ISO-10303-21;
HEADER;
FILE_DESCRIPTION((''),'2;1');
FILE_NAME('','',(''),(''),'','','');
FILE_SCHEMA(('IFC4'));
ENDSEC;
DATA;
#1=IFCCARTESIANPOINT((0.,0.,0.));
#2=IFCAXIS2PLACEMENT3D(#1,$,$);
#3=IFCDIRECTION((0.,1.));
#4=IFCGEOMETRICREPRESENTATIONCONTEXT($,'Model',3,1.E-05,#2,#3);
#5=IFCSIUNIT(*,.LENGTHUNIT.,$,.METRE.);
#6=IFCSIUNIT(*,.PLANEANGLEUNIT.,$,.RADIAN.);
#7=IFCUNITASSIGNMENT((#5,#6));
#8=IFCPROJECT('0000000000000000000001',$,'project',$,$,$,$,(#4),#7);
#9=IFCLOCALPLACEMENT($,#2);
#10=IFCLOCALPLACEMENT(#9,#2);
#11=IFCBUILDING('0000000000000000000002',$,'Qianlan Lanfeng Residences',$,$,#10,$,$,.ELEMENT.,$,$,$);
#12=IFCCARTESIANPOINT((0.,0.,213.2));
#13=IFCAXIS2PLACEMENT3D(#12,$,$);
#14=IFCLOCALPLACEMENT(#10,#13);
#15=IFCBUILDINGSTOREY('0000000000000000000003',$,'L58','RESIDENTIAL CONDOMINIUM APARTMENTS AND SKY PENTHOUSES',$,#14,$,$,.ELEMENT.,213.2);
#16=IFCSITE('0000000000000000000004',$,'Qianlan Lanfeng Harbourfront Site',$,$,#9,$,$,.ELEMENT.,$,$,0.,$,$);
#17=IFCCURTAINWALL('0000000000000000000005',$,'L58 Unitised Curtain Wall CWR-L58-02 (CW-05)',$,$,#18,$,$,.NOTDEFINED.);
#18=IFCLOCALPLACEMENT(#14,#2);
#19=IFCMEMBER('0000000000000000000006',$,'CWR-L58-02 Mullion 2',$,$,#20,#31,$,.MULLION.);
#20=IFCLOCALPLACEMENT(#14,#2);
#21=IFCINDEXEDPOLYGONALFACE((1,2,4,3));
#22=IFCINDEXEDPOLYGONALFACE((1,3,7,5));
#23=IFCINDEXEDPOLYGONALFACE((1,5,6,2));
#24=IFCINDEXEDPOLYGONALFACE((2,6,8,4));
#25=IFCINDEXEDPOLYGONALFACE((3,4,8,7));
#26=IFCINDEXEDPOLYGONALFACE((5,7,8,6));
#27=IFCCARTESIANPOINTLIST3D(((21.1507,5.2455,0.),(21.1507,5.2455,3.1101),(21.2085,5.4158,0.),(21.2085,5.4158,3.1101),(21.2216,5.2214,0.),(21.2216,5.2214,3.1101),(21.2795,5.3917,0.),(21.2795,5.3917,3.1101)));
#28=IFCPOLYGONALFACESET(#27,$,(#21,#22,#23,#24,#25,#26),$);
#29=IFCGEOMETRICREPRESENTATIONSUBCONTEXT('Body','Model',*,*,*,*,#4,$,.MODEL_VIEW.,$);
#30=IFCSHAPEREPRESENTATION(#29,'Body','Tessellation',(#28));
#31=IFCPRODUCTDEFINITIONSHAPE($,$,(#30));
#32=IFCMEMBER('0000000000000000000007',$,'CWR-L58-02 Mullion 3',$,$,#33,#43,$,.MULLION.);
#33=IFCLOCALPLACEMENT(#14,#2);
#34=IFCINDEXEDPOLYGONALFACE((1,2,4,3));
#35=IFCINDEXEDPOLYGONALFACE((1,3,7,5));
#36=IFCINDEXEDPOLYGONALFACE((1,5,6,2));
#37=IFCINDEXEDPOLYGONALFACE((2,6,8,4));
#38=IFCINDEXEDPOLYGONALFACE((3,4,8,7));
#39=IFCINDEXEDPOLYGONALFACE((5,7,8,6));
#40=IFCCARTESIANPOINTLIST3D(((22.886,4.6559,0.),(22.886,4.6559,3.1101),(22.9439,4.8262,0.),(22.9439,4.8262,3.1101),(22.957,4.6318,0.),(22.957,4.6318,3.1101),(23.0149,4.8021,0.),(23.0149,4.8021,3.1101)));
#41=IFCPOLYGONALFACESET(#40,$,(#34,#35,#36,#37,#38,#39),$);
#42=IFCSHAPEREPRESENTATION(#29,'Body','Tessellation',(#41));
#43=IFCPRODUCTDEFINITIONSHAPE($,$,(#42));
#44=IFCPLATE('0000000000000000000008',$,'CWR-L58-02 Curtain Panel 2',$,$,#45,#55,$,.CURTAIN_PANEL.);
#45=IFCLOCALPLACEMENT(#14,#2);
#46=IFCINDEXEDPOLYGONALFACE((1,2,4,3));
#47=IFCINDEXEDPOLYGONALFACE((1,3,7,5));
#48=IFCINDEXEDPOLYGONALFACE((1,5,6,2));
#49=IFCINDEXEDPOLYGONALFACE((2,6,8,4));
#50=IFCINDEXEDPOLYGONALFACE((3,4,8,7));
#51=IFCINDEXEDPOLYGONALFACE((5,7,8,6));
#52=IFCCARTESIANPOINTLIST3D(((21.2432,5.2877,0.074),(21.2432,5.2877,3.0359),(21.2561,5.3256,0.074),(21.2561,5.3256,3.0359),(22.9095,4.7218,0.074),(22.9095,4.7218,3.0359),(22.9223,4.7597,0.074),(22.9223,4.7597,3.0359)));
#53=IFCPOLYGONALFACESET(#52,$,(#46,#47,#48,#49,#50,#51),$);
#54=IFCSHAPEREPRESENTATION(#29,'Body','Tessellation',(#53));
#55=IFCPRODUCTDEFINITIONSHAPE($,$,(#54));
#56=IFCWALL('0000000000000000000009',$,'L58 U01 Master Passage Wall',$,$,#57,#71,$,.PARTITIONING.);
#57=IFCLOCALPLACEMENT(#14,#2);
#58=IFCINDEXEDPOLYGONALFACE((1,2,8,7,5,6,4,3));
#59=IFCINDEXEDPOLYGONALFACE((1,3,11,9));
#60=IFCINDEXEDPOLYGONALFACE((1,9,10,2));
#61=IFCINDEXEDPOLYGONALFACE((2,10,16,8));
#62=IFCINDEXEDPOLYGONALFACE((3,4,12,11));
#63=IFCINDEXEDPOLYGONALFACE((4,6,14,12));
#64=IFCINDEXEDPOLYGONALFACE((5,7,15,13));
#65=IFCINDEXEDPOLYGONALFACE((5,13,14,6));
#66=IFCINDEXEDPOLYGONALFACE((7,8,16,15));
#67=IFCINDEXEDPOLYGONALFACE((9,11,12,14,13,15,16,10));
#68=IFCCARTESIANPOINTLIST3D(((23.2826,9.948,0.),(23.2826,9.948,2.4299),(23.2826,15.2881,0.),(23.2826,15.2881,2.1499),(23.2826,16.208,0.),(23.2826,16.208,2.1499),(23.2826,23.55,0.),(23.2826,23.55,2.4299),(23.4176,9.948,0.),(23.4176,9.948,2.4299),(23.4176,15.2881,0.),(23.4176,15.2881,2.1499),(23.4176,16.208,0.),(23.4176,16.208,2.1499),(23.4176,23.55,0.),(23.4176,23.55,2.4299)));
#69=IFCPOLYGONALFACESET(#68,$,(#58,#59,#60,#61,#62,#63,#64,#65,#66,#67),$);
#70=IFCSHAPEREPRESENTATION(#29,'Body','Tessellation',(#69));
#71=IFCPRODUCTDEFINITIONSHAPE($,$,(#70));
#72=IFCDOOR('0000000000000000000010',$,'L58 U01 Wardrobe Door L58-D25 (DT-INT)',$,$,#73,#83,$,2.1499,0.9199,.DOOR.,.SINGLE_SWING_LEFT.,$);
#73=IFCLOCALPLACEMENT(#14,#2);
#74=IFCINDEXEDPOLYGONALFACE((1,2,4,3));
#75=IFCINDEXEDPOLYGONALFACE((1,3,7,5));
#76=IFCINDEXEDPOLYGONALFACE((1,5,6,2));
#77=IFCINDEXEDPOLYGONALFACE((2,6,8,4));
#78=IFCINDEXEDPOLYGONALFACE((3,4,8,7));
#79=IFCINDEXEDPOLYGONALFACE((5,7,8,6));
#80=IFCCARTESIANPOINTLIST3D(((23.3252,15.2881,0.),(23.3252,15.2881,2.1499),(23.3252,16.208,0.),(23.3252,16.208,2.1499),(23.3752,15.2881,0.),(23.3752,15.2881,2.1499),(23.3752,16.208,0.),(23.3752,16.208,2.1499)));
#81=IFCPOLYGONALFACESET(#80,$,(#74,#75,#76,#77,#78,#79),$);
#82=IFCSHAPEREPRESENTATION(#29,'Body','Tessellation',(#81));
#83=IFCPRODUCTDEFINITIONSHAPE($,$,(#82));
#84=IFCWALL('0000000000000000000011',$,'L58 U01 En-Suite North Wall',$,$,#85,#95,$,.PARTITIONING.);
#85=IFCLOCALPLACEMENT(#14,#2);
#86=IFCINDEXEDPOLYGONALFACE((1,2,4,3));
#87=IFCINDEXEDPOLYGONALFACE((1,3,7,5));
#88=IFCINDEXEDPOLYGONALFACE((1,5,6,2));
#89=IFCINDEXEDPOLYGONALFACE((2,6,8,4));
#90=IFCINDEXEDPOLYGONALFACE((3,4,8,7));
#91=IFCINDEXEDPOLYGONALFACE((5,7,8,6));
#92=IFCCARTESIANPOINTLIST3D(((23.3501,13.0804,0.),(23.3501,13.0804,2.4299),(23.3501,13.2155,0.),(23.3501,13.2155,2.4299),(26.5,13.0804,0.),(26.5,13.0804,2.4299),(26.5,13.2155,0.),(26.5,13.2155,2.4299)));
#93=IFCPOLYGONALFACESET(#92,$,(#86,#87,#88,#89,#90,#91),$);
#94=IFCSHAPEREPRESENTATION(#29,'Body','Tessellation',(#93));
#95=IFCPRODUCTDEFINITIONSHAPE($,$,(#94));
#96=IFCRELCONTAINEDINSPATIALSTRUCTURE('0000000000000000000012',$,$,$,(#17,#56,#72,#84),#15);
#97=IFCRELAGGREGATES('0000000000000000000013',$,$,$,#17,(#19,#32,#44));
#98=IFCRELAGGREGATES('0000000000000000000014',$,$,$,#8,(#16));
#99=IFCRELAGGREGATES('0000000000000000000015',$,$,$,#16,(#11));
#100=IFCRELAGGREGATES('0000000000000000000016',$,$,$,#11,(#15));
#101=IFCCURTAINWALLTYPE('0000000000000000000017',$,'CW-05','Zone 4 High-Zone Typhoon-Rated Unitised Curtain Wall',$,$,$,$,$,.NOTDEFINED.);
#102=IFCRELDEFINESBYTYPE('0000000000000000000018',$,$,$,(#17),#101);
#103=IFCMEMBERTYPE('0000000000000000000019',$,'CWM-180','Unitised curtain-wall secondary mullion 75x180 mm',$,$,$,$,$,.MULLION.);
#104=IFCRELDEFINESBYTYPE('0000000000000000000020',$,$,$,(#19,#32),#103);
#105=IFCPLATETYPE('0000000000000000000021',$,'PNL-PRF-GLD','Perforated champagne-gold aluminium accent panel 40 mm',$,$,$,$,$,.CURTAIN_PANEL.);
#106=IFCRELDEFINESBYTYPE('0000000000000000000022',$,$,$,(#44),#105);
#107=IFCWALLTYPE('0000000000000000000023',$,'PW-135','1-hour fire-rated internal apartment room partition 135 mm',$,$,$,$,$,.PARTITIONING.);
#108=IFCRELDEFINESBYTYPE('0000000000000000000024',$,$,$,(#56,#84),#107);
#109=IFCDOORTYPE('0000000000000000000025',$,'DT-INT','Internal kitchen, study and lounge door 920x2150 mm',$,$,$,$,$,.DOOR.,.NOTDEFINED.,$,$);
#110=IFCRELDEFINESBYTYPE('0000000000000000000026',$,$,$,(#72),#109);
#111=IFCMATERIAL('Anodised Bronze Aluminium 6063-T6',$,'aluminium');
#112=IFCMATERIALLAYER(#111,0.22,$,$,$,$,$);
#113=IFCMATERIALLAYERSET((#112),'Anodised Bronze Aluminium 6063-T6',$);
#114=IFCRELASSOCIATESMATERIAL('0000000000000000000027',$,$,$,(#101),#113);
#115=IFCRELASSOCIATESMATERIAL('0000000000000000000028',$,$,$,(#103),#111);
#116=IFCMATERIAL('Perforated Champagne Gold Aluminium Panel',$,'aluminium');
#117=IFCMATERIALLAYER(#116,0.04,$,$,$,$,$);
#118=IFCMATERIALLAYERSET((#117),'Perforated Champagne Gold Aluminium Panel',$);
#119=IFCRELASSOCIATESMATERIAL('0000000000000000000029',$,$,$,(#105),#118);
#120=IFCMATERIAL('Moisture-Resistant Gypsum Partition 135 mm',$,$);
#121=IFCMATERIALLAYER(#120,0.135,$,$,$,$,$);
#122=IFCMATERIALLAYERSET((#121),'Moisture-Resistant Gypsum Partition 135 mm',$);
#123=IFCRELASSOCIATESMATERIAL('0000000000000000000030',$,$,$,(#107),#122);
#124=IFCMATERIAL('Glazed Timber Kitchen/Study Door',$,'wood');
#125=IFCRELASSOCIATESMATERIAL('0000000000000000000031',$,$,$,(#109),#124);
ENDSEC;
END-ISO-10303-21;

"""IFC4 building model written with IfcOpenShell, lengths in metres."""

from ifc_helpers import new_model, si_unit, direction, frame, frame_2d, origin, origin_2d, place, context, subcontext, project, spatial, rectangle, extrude, source, transform, mapped, material, layer, layer_set, material_profile, profile_set, type_object, element, fill, aggregate, save


model = new_model("IFC4")

# Units and contexts
model_context = context("Model", 3, precision=1e-05, world=origin(), true_north=direction((0.0, 1.0)))
body_context = subcontext(model_context, "Body", "Model", "MODEL_VIEW")
ifc_project = project(units=[si_unit("LENGTHUNIT", "METRE"), si_unit("PLANEANGLEUNIT", "RADIAN")], contexts=[model_context])

# Site, building, storey
site_placement = place(None, origin())
site = spatial("IfcSite", under=ifc_project, at=site_placement, Name="Qianlan Lanfeng Harbourfront Site", CompositionType="ELEMENT", RefElevation=0.0)
building_placement = place(site_placement, origin())
building = spatial("IfcBuilding", under=site, at=building_placement, Name="Qianlan Lanfeng Residences", CompositionType="ELEMENT")
storey_placement = place(building_placement, frame((0.0, 0.0, 213.2)))
storey = spatial("IfcBuildingStorey", under=building, at=storey_placement, Name="L58", Description="RESIDENTIAL CONDOMINIUM APARTMENTS AND SKY PENTHOUSES", CompositionType="ELEMENT", Elevation=213.2)

# Curtain wall, members, plate
ifc_material_1 = material(Name="Anodised Bronze Aluminium 6063-T6", Category="aluminium")
ifc_layer_1 = layer(ifc_material_1, 0.22)
ifc_layer_set_1 = layer_set([ifc_layer_1], Name="Anodised Bronze Aluminium 6063-T6")
curtain_wall_type = type_object("IfcCurtainWallType", Name="CW-05", Description="Zone 4 High-Zone Typhoon-Rated Unitised Curtain Wall", PredefinedType="NOTDEFINED", material=ifc_layer_set_1)
curtain_wall_placement = place(storey_placement, origin())
curtain_wall = element("IfcCurtainWall", 1, at=curtain_wall_placement, inside=storey, type_object=curtain_wall_type, Name="L58 Unitised Curtain Wall CWR-L58-02 (CW-05)", PredefinedType="NOTDEFINED")
ifc_material_profile_1 = material_profile(ifc_material_1, rectangle(XDim=0.075, YDim=0.1799, at=origin_2d()), Name="ALU MULLION 75x180")
ifc_profile_set_1 = profile_set([ifc_material_profile_1], Name="Anodised Bronze Aluminium 6063-T6")
member_type_1 = type_object("IfcMemberType", Name="CWM-180", Description="Unitised curtain-wall secondary mullion 75x180 mm", PredefinedType="MULLION", material=ifc_profile_set_1)
shared_shape_1 = source(origin(), body_context, "Body", "SweptSolid", [
    extrude(rectangle(XDim=0.075, YDim=0.1799, at=origin_2d()), origin(), (0.0, 0.0, 1.0), 3.1101),
])
member_1_placement = place(storey_placement, frame((21.2151, 5.3186, 0.0), z_axis=(0.0, 0.0, 1.0), x_axis=(0.946877, -0.321596, 0.0)))
member_1 = element("IfcMember", 2, at=member_1_placement, type_object=member_type_1, Name="CWR-L58-02 Mullion 2", PredefinedType="MULLION", context=body_context, shape_type="MappedRepresentation", body=[
    mapped(shared_shape_1, transform((0.0, 0.0, 0.0), scale=1.0)),
])
member_2_placement = place(storey_placement, frame((22.9504, 4.729, 0.0), z_axis=(0.0, 0.0, 1.0), x_axis=(0.946877, -0.321596, 0.0)))
member_2 = element("IfcMember", 3, at=member_2_placement, type_object=member_type_1, Name="CWR-L58-02 Mullion 3", PredefinedType="MULLION", context=body_context, shape_type="MappedRepresentation", body=[
    mapped(shared_shape_1, transform((0.0, 0.0, 0.0), scale=1.0)),
])
ifc_material_2 = material(Name="Perforated Champagne Gold Aluminium Panel", Category="aluminium")
ifc_layer_2 = layer(ifc_material_2, 0.04)
ifc_layer_set_2 = layer_set([ifc_layer_2], Name="Perforated Champagne Gold Aluminium Panel")
plate_type = type_object("IfcPlateType", Name="PNL-PRF-GLD", Description="Perforated champagne-gold aluminium accent panel 40 mm", PredefinedType="CURTAIN_PANEL", material=ifc_layer_set_2)
shared_shape_2 = source(origin(), body_context, "Body", "SweptSolid", [
    extrude(rectangle(XDim=1.7598, YDim=0.04, at=origin_2d()), origin(), (0.0, 0.0, 1.0), 2.9619),
])
plate_placement = place(storey_placement, frame((22.0828, 5.0237, 0.074), z_axis=(0.0, 0.0, 1.0), x_axis=(0.946877, -0.321596, 0.0)))
plate = element("IfcPlate", 4, at=plate_placement, type_object=plate_type, Name="CWR-L58-02 Curtain Panel 2", PredefinedType="CURTAIN_PANEL", context=body_context, shape_type="MappedRepresentation", body=[
    mapped(shared_shape_2, transform((0.0, 0.0, 0.0), scale=1.0)),
])
aggregate(curtain_wall, [member_1, member_2, plate])

# Shared definitions
ifc_material_3 = material(Name="Moisture-Resistant Gypsum Partition 135 mm")
ifc_layer_3 = layer(ifc_material_3, 0.135)
ifc_layer_set_3 = layer_set([ifc_layer_3], Name="Moisture-Resistant Gypsum Partition 135 mm")
wall_type = type_object("IfcWallType", Name="PW-135", Description="1-hour fire-rated internal apartment room partition 135 mm", PredefinedType="PARTITIONING", material=ifc_layer_set_3)

# Wall, opening, door
wall_1_placement = place(storey_placement, frame((23.3501, 9.948, 0.0), z_axis=(0.0, 0.0, 1.0), x_axis=(0.0, 1.0, 0.0)))
wall_1 = element("IfcWall", 5, at=wall_1_placement, inside=storey, type_object=wall_type, Name="L58 U01 Master Passage Wall", PredefinedType="PARTITIONING", context=body_context, shape_type="SweptSolid", body=[
    extrude(rectangle(XDim=13.6021, YDim=0.135, at=frame_2d((6.801, 0.0))), origin(), (0.0, 0.0, 1.0), 2.4299),
])
opening_1_placement = place(wall_1_placement, frame((5.3401, 0.0, 0.0)))
opening_1 = element("IfcOpeningElement", 6, at=opening_1_placement, cuts=wall_1, PredefinedType="OPENING", context=body_context, shape_type="SweptSolid", body=[
    extrude(rectangle(XDim=0.9199, YDim=2.1499, at=frame_2d((0.46, 1.075))), frame((0.0, 0.0776, 0.0), z_axis=(0.0, -1.0, 0.0), x_axis=(1.0, 0.0, 0.0)), (0.0, 0.0, 1.0), 0.155),
])
ifc_material_4 = material(Name="Glazed Timber Kitchen/Study Door", Category="wood")
door_type_1 = type_object("IfcDoorType", Name="DT-INT", Description="Internal kitchen, study and lounge door 920x2150 mm", OperationType="NOTDEFINED", PredefinedType="DOOR", material=ifc_material_4)
door_1_placement = place(opening_1_placement, origin())
door_1 = element("IfcDoor", 7, at=door_1_placement, inside=storey, type_object=door_type_1, Name="L58 U01 Wardrobe Door L58-D25 (DT-INT)", OperationType="SINGLE_SWING_LEFT", OverallHeight=2.1499, OverallWidth=0.9199, PredefinedType="DOOR", context=body_context, shape_type="SweptSolid", body=[
    extrude(rectangle(XDim=0.9199, YDim=2.1499, at=frame_2d((0.46, 1.075))), frame((0.0, 0.0249, 0.0), z_axis=(0.0, -1.0, 0.0), x_axis=(1.0, 0.0, 0.0)), (0.0, 0.0, 1.0), 0.05),
])
fill(opening_1, door_1)

# Wall
wall_2_placement = place(storey_placement, frame((23.3501, 13.1479, 0.0), z_axis=(0.0, 0.0, 1.0), x_axis=(1.0, 0.0, 0.0)))
element("IfcWall", 8, at=wall_2_placement, inside=storey, type_object=wall_type, Name="L58 U01 En-Suite North Wall", PredefinedType="PARTITIONING", context=body_context, shape_type="SweptSolid", body=[
    extrude(rectangle(XDim=3.1499, YDim=0.135, at=frame_2d((1.575, 0.0))), origin(), (0.0, 0.0, 1.0), 2.4299),
])

save(model, "model.ifc")
